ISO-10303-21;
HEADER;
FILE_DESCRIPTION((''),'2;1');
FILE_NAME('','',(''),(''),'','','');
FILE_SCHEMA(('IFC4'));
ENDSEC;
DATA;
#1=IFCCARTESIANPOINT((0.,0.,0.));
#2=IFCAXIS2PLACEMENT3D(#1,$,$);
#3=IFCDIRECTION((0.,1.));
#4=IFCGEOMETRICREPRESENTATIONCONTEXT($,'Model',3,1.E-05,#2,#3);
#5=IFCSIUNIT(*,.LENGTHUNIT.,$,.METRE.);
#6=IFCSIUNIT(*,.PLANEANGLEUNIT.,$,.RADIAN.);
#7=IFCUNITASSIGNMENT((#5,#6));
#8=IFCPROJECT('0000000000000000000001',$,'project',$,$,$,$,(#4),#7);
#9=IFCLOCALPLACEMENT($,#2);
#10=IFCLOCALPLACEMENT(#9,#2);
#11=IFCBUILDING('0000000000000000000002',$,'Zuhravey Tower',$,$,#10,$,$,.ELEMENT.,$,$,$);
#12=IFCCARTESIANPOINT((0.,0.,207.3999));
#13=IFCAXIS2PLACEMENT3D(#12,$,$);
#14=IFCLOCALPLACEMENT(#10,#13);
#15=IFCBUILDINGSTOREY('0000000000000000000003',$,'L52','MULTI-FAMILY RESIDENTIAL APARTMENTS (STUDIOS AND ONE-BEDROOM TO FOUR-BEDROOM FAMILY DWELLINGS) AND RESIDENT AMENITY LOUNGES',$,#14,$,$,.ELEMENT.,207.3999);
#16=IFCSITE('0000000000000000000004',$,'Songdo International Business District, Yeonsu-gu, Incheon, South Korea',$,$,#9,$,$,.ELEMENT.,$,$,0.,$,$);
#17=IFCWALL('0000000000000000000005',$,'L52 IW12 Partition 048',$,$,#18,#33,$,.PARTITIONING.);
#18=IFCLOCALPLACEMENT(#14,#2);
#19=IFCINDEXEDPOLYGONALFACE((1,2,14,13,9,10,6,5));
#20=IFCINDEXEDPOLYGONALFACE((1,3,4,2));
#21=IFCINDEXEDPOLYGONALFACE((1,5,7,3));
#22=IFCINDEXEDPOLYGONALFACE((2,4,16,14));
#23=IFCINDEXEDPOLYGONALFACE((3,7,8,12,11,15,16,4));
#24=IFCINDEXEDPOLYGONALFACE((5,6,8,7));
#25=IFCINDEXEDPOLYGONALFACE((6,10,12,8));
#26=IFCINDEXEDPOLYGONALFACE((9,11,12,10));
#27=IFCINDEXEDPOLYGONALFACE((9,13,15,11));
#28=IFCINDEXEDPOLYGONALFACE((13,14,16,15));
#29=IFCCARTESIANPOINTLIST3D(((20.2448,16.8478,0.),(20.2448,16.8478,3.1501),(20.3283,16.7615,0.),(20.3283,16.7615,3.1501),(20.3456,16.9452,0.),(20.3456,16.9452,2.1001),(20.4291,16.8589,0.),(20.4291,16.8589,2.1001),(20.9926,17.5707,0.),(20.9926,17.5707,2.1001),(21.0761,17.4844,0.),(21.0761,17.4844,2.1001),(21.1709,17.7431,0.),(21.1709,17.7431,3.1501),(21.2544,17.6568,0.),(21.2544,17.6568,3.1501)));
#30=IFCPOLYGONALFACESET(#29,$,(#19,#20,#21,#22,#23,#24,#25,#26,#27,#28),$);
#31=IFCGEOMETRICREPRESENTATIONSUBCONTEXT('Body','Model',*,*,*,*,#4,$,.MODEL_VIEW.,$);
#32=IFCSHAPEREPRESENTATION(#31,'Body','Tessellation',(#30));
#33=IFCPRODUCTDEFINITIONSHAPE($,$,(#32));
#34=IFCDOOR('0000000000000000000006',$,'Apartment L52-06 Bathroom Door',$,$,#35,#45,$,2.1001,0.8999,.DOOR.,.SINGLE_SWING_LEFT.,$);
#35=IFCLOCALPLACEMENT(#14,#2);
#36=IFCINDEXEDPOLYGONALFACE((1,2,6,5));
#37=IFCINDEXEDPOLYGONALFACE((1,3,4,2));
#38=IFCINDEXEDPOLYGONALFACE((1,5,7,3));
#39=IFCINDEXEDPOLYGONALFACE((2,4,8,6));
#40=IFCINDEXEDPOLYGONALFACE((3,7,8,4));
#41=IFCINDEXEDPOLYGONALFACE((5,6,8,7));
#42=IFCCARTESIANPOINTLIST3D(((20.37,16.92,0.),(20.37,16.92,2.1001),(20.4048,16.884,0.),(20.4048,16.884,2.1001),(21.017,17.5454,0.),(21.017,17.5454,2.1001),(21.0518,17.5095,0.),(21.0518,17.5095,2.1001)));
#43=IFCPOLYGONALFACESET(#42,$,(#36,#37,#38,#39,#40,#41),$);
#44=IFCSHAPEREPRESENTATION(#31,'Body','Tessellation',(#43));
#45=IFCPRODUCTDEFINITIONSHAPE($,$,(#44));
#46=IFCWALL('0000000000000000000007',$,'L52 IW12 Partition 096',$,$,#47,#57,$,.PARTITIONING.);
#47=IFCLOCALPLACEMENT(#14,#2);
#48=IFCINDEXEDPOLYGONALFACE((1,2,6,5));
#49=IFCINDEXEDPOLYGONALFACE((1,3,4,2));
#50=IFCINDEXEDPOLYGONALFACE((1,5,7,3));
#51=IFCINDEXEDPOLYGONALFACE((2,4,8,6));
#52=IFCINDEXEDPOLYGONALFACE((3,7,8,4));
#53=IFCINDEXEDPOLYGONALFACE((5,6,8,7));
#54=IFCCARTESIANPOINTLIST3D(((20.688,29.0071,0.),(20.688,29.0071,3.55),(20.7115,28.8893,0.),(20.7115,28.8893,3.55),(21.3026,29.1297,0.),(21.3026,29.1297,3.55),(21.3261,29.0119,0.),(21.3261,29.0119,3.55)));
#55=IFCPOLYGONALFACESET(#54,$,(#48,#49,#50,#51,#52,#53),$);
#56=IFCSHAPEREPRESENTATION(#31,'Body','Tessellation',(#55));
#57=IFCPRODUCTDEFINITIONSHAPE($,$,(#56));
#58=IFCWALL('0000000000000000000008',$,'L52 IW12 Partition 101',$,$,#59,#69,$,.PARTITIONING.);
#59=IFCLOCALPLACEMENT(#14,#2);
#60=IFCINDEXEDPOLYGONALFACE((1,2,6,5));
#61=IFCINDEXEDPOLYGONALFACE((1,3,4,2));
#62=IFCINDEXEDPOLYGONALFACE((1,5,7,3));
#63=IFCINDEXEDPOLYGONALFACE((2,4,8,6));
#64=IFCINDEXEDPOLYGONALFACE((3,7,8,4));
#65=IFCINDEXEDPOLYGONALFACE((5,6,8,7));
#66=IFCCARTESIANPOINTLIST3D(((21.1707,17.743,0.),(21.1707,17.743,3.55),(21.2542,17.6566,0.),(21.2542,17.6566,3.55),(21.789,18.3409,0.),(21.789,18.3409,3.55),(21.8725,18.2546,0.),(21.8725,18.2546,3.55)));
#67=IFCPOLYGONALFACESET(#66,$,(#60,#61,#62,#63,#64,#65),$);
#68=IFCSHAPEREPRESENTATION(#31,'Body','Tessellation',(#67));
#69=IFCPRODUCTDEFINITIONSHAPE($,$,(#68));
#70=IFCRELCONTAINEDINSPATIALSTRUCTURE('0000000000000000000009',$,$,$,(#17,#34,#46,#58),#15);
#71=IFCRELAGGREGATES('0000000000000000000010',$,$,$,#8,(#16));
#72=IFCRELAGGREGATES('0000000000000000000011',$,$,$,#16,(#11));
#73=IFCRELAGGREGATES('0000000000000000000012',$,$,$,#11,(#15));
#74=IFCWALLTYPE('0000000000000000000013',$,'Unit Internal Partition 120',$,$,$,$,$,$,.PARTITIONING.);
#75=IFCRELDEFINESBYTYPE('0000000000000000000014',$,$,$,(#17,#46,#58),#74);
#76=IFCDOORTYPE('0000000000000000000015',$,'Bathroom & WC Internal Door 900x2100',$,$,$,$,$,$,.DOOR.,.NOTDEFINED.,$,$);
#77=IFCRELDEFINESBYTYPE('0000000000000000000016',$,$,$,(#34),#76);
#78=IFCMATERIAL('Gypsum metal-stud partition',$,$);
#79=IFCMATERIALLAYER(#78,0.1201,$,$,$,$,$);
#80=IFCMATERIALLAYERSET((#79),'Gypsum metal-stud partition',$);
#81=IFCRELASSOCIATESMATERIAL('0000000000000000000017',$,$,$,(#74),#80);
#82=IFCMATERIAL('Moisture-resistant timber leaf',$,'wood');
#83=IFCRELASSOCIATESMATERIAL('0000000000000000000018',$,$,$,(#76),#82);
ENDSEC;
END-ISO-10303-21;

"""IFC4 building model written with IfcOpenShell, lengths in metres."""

from ifc_helpers import new_model, si_unit, direction, frame, frame_2d, origin, place, context, subcontext, project, spatial, rectangle, extrude, material, layer, layer_set, type_object, element, fill, save


model = new_model("IFC4")

# Units and contexts
model_context = context("Model", 3, precision=1e-05, world=origin(), true_north=direction((0.0, 1.0)))
body_context = subcontext(model_context, "Body", "Model", "MODEL_VIEW")
ifc_project = project(units=[si_unit("LENGTHUNIT", "METRE"), si_unit("PLANEANGLEUNIT", "RADIAN")], contexts=[model_context])

# Site, building, storey
site_placement = place(None, origin())
site = spatial("IfcSite", under=ifc_project, at=site_placement, Name="Songdo International Business District, Yeonsu-gu, Incheon, South Korea", CompositionType="ELEMENT", RefElevation=0.0)
building_placement = place(site_placement, origin())
building = spatial("IfcBuilding", under=site, at=building_placement, Name="Zuhravey Tower", CompositionType="ELEMENT")
storey_placement = place(building_placement, frame((0.0, 0.0, 207.3999)))
storey = spatial("IfcBuildingStorey", under=building, at=storey_placement, Name="L52", Description="MULTI-FAMILY RESIDENTIAL APARTMENTS (STUDIOS AND ONE-BEDROOM TO FOUR-BEDROOM FAMILY DWELLINGS) AND RESIDENT AMENITY LOUNGES", CompositionType="ELEMENT", Elevation=207.3999)

# Wall, opening, door
ifc_material_1 = material(Name="Gypsum metal-stud partition")
ifc_layer_1 = layer(ifc_material_1, 0.1201)
ifc_layer_set_1 = layer_set([ifc_layer_1], Name="Gypsum metal-stud partition")
wall_type_1 = type_object("IfcWallType", Name="Unit Internal Partition 120", PredefinedType="PARTITIONING", material=ifc_layer_set_1)
ifc_material_2 = material(Name="Moisture-resistant timber leaf", Category="wood")
door_type_1 = type_object("IfcDoorType", Name="Bathroom & WC Internal Door 900x2100", OperationType="NOTDEFINED", PredefinedType="DOOR", material=ifc_material_2)
wall_1_placement = place(storey_placement, frame((21.2126, 17.7, 0.0), z_axis=(0.0, 0.0, 1.0), x_axis=(-0.718947, -0.695065, 0.0)))
wall_1 = element("IfcWall", 1, at=wall_1_placement, inside=storey, type_object=wall_type_1, Name="L52 IW12 Partition 048", PredefinedType="PARTITIONING", context=body_context, shape_type="SweptSolid", body=[
    extrude(rectangle(XDim=1.2881, YDim=0.1201, at=frame_2d((0.644, 0.0))), origin(), (0.0, 0.0, 1.0), 3.1501),
])
opening_1_placement = place(wall_1_placement, frame((0.248, 0.0, 0.0)))
opening_1 = element("IfcOpeningElement", 2, at=opening_1_placement, cuts=wall_1, PredefinedType="OPENING", context=body_context, shape_type="SweptSolid", body=[
    extrude(rectangle(XDim=0.8999, YDim=2.1001, at=frame_2d((0.45, 1.05))), frame((0.0, 0.072, 0.0), z_axis=(0.0, -1.0, 0.0), x_axis=(1.0, 0.0, 0.0)), (0.0, 0.0, 1.0), 0.144),
])
door_1_placement = place(opening_1_placement, frame((0.8999, 0.0, 0.0), z_axis=(0.0, 0.0, 1.0), x_axis=(-1.0, 0.0, 0.0)))
door_1 = element("IfcDoor", 3, at=door_1_placement, inside=storey, type_object=door_type_1, Name="Apartment L52-06 Bathroom Door", OperationType="SINGLE_SWING_LEFT", OverallHeight=2.1001, OverallWidth=0.8999, PredefinedType="DOOR", context=body_context, shape_type="SweptSolid", body=[
    extrude(rectangle(XDim=0.8999, YDim=2.1001, at=frame_2d((0.45, 1.05))), frame((0.0, 0.0249, 0.0), z_axis=(0.0, -1.0, 0.0), x_axis=(1.0, 0.0, 0.0)), (0.0, 0.0, 1.0), 0.05),
])
fill(opening_1, door_1)

# Walls
wall_2_placement = place(storey_placement, frame((21.3145, 29.0708, 0.0), z_axis=(0.0, 0.0, 1.0), x_axis=(-0.980685, -0.195592, 0.0)))
element("IfcWall", 4, at=wall_2_placement, inside=storey, type_object=wall_type_1, Name="L52 IW12 Partition 096", PredefinedType="PARTITIONING", context=body_context, shape_type="SweptSolid", body=[
    extrude(rectangle(XDim=0.6267, YDim=0.1201, at=frame_2d((0.3135, 0.0))), origin(), (0.0, 0.0, 1.0), 3.55),
])
wall_3_placement = place(storey_placement, frame((21.8308, 18.2979, 0.0), z_axis=(0.0, 0.0, 1.0), x_axis=(-0.71879, -0.695228, 0.0)))
element("IfcWall", 5, at=wall_3_placement, inside=storey, type_object=wall_type_1, Name="L52 IW12 Partition 101", PredefinedType="PARTITIONING", context=body_context, shape_type="SweptSolid", body=[
    extrude(rectangle(XDim=0.8601, YDim=0.1201, at=frame_2d((0.4302, 0.0))), origin(), (0.0, 0.0, 1.0), 3.55),
])

save(model, "model.ifc")
